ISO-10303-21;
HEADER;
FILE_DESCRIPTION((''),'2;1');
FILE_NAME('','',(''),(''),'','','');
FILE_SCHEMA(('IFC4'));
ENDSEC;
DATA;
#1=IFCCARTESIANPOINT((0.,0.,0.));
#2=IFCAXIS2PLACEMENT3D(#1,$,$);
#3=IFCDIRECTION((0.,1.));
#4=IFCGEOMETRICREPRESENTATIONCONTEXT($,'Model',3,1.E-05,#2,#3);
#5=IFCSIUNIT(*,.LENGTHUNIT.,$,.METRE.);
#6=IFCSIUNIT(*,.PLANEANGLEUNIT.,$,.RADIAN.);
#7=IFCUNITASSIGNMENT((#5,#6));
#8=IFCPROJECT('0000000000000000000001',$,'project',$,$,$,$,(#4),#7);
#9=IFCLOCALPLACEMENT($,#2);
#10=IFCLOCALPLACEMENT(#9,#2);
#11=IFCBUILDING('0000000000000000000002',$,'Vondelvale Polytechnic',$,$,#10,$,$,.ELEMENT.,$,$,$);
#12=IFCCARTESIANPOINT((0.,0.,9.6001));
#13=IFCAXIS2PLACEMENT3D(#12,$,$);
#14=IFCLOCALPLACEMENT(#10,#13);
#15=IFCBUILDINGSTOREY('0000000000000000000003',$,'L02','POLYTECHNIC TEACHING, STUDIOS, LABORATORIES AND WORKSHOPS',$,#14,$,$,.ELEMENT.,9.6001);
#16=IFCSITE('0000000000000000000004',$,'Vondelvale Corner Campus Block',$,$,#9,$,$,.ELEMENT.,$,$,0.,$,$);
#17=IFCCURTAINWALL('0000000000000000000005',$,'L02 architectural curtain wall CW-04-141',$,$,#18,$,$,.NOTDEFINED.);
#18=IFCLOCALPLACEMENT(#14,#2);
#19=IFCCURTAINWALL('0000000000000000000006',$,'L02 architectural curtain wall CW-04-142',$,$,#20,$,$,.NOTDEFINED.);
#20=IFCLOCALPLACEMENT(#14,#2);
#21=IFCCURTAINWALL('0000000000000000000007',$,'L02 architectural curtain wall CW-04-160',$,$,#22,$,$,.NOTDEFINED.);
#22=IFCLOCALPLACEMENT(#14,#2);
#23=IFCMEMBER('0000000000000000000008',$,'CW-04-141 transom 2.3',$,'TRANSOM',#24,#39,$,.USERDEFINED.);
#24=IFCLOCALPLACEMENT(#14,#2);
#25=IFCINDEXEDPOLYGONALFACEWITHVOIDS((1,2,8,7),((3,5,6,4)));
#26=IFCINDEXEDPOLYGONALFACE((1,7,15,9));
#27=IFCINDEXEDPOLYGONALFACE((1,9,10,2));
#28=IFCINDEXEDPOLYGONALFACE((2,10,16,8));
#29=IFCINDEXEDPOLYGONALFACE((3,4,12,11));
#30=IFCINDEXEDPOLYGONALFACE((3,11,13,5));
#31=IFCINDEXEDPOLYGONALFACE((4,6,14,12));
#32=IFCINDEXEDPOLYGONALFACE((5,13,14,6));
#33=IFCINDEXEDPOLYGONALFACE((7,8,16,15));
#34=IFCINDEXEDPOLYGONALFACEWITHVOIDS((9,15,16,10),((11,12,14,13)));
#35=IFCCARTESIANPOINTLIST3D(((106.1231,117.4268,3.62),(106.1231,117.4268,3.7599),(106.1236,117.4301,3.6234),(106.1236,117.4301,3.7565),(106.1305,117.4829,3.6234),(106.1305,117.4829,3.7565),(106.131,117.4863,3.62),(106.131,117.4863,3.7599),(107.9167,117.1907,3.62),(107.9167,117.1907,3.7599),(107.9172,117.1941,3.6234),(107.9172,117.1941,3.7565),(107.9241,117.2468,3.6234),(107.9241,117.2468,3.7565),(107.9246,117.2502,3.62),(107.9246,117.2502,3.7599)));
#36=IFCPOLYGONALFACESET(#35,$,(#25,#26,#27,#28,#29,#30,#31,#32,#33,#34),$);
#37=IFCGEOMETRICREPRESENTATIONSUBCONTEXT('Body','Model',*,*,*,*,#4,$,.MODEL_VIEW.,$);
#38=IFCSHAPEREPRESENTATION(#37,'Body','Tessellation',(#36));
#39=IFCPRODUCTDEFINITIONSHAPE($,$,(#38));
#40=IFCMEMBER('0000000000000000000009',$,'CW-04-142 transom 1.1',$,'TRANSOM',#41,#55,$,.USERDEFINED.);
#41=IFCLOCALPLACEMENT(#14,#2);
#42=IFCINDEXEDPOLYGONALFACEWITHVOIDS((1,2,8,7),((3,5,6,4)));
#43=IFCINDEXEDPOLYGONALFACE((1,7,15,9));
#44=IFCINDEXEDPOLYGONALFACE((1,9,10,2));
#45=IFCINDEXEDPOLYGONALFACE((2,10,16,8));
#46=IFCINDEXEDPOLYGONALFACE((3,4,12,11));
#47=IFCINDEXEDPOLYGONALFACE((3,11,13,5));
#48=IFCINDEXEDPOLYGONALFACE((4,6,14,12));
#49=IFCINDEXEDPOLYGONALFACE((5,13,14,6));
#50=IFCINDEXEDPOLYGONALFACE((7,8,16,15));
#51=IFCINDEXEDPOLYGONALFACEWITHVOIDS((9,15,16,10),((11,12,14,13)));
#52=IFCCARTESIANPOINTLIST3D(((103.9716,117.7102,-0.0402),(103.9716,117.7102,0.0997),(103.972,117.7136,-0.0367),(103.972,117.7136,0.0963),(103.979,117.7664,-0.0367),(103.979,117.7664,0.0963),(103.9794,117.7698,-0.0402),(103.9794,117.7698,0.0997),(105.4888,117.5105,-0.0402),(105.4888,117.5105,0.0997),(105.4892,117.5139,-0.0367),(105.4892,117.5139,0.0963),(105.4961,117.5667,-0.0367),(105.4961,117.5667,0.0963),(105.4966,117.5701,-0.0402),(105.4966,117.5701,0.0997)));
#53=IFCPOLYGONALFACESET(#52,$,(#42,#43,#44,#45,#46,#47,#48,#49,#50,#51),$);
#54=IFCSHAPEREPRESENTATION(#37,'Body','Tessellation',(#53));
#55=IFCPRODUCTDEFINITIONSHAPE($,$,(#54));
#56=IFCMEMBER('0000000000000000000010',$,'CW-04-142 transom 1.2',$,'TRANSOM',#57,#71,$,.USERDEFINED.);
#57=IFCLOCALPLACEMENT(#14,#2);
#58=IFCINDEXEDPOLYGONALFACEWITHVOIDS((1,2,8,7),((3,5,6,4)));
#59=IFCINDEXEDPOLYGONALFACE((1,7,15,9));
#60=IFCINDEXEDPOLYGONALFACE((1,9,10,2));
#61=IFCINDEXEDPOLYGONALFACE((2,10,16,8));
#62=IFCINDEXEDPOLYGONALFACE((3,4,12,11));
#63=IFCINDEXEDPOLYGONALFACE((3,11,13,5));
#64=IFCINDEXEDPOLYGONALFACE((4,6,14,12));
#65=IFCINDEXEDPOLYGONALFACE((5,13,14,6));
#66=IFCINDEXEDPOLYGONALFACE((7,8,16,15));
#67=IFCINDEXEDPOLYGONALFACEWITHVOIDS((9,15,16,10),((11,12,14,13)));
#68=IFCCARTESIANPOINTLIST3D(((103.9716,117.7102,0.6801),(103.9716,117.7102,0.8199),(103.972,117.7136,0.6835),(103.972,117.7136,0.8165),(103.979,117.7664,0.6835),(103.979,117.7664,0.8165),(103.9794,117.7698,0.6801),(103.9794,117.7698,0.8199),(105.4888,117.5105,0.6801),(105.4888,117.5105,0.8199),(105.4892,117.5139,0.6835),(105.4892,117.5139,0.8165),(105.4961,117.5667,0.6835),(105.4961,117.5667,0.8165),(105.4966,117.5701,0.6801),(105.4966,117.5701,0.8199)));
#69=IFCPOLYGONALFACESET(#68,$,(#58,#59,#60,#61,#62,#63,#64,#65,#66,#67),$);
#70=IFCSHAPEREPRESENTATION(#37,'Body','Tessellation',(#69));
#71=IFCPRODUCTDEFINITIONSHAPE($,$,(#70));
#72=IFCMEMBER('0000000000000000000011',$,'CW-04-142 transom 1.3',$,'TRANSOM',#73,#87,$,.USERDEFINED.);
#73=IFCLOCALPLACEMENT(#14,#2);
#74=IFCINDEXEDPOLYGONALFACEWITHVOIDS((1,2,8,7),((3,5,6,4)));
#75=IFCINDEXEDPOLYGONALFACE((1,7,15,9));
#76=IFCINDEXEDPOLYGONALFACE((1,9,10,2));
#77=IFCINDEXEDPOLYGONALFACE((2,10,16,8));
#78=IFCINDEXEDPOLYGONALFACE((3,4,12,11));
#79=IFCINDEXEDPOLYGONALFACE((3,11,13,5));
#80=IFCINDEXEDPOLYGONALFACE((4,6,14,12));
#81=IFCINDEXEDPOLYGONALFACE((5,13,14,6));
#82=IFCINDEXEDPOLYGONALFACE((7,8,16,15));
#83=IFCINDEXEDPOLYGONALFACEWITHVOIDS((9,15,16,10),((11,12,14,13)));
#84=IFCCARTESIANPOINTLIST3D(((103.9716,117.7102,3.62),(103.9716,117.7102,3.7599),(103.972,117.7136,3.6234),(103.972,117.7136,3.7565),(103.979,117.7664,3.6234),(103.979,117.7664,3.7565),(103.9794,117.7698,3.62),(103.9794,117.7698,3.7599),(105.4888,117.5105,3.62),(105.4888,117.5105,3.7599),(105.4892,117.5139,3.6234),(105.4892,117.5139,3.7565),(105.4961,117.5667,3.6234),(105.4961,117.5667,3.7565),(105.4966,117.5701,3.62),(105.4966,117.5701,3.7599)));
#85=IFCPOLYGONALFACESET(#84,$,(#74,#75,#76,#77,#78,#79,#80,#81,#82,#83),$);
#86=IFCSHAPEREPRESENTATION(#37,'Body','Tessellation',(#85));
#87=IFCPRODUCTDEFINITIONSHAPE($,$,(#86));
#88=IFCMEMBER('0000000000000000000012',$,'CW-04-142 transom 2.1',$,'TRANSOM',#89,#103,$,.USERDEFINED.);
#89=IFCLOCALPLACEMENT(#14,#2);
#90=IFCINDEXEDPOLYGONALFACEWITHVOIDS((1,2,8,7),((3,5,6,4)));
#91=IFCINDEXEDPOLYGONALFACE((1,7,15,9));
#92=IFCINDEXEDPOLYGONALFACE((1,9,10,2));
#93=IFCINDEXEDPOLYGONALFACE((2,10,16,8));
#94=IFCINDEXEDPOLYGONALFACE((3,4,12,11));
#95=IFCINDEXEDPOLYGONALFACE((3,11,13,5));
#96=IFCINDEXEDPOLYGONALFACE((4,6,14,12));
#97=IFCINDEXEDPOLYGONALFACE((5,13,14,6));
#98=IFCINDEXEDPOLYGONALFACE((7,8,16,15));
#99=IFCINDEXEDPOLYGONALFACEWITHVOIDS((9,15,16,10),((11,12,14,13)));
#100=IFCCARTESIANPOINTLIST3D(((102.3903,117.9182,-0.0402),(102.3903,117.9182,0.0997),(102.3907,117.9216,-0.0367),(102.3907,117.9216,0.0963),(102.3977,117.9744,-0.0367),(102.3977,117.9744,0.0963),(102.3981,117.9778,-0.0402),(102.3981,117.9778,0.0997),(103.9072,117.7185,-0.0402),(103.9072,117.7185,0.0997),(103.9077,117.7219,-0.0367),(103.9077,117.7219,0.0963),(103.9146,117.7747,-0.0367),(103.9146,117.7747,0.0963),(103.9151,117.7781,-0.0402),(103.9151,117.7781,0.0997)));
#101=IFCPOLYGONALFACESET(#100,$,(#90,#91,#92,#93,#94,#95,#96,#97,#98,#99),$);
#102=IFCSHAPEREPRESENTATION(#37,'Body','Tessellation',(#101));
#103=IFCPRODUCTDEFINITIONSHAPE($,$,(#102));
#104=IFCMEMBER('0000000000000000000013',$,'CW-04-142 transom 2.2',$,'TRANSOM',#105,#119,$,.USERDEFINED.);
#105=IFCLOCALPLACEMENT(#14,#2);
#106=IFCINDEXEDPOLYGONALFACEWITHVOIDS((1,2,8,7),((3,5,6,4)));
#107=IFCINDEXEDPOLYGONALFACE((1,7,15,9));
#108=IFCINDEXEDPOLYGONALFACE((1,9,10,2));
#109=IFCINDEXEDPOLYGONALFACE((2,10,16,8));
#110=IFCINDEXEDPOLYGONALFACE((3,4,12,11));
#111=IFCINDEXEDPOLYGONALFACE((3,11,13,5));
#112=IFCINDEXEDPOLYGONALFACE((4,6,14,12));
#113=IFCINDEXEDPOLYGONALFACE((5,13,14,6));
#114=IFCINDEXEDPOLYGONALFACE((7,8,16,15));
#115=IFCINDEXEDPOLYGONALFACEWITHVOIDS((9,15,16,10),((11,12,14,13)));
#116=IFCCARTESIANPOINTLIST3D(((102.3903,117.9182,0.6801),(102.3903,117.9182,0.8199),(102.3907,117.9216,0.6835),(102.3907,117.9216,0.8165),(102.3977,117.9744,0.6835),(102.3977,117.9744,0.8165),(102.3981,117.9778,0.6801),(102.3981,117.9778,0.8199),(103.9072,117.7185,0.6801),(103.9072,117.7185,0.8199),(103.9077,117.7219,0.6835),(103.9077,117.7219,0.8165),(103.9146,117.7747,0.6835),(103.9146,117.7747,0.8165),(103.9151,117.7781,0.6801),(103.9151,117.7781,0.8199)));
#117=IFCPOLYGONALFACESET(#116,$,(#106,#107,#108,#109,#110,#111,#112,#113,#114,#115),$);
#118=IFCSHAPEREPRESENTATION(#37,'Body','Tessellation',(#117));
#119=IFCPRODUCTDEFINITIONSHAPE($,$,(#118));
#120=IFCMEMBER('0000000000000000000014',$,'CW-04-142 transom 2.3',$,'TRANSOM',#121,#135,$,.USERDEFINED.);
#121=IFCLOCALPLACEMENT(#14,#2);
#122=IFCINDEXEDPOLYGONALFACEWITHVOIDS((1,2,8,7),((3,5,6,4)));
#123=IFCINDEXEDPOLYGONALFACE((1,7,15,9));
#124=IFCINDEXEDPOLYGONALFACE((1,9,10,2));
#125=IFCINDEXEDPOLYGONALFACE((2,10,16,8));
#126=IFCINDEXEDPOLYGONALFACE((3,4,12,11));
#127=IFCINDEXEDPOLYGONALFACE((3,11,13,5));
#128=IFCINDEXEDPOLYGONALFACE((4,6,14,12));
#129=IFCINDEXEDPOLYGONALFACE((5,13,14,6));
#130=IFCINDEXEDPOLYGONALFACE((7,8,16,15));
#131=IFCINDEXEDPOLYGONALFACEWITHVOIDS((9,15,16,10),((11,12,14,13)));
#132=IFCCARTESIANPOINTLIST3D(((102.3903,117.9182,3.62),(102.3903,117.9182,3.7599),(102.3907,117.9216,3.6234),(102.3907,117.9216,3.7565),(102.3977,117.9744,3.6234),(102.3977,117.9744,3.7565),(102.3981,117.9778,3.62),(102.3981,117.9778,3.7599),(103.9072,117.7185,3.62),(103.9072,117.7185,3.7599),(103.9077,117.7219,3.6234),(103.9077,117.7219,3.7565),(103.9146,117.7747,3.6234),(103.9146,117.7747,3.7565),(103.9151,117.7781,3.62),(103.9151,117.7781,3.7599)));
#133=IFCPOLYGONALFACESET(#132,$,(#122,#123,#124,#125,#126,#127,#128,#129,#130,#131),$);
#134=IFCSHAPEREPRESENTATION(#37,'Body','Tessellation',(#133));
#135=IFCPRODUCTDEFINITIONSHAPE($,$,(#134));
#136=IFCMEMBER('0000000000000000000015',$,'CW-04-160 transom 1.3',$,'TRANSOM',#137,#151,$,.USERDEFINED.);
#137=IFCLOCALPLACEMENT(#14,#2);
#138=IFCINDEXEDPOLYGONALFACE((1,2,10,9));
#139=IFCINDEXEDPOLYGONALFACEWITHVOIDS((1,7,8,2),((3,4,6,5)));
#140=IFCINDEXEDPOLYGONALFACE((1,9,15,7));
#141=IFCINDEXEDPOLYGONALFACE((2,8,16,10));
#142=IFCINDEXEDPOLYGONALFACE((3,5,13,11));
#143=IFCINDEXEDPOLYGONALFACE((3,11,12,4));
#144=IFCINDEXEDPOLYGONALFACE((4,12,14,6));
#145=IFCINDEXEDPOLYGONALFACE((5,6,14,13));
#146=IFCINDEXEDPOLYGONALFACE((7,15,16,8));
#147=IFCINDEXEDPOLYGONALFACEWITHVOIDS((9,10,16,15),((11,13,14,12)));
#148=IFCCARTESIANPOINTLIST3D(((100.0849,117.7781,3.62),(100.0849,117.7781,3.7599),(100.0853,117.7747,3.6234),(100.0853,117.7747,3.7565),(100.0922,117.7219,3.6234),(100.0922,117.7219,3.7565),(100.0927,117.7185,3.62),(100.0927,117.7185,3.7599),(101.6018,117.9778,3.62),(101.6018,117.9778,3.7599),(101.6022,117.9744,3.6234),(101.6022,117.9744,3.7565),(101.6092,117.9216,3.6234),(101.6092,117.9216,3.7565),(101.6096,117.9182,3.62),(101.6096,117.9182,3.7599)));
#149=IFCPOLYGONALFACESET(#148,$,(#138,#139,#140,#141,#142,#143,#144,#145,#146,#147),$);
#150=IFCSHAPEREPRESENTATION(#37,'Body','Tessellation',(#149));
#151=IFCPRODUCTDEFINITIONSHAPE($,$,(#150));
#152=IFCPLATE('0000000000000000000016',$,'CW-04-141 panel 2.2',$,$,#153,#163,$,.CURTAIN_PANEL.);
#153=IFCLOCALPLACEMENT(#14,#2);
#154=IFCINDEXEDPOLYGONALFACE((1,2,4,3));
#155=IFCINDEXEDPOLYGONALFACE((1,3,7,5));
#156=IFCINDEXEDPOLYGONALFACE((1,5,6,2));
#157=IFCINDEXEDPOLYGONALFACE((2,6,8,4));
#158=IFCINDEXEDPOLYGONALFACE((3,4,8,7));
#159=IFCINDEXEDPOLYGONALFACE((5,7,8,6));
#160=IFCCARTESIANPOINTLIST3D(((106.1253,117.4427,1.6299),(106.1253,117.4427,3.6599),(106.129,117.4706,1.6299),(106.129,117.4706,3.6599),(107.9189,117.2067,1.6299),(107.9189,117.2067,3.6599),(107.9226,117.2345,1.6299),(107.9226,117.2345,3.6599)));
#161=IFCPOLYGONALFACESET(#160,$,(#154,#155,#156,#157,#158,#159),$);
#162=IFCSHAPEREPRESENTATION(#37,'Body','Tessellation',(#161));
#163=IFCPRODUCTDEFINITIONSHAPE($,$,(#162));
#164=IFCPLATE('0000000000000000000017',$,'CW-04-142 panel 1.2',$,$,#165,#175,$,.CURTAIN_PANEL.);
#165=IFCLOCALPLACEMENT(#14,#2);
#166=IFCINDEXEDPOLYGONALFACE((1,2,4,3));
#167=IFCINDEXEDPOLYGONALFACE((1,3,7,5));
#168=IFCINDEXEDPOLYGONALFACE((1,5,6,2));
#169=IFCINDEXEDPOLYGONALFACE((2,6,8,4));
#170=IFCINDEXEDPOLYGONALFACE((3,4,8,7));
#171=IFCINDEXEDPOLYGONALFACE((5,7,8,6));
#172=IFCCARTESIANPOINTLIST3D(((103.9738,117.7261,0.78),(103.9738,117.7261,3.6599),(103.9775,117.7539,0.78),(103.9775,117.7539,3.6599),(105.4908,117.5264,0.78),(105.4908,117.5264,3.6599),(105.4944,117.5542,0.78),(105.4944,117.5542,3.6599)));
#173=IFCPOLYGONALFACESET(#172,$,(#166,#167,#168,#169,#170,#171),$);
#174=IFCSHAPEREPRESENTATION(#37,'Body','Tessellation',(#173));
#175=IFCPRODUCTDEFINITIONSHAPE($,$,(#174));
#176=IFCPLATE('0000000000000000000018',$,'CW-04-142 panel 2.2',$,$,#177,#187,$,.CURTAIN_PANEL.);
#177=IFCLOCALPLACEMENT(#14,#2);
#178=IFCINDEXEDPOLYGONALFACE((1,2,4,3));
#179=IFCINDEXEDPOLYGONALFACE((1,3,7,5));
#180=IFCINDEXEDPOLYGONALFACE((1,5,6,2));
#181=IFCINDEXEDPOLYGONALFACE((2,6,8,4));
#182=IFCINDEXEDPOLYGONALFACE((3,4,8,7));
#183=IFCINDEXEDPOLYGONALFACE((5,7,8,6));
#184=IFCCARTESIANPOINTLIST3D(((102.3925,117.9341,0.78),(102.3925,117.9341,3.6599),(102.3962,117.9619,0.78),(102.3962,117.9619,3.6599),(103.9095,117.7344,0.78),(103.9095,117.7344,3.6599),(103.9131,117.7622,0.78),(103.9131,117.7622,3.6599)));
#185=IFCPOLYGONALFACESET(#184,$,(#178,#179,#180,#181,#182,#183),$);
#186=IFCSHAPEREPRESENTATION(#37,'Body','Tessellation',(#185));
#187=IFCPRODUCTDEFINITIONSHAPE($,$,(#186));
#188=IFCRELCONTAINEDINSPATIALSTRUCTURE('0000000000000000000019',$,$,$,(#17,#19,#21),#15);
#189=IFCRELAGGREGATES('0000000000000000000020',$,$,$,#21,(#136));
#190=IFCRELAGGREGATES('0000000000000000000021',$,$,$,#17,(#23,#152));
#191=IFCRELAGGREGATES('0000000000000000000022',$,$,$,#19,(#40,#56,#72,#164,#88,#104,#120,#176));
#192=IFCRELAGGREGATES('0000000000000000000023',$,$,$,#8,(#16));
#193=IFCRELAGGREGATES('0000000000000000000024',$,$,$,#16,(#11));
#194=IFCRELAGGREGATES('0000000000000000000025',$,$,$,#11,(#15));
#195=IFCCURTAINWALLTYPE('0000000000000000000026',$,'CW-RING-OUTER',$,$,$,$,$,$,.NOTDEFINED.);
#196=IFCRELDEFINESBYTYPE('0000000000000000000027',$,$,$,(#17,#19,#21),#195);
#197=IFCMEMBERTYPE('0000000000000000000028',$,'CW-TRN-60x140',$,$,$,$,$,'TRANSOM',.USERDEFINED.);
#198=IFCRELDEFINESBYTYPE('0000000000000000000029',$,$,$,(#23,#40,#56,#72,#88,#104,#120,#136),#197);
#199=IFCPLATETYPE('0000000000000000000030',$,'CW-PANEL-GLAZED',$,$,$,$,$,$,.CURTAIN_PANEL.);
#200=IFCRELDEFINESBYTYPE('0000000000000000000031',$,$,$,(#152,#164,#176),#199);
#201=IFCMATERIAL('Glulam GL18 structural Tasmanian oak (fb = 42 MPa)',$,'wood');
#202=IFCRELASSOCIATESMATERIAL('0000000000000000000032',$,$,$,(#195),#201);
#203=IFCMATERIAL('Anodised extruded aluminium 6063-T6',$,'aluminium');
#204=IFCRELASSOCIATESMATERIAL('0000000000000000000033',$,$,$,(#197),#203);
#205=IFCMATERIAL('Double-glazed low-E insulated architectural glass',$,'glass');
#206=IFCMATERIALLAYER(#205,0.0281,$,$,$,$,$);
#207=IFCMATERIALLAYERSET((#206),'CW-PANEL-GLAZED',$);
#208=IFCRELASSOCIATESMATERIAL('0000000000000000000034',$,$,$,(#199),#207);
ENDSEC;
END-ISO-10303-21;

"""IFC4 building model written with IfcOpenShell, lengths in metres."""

from ifc_helpers import new_model, si_unit, direction, frame, origin, origin_2d, place, context, subcontext, project, spatial, rectangle, hollow_rectangle, extrude, material, layer, layer_set, material_profile, profile_set, type_object, element, aggregate, save


model = new_model("IFC4")

# Units and contexts
model_context = context("Model", 3, precision=1e-05, world=origin(), true_north=direction((0.0, 1.0)))
body_context = subcontext(model_context, "Body", "Model", "MODEL_VIEW")
ifc_project = project(units=[si_unit("LENGTHUNIT", "METRE"), si_unit("PLANEANGLEUNIT", "RADIAN")], contexts=[model_context])

# Site, building, storey
site_placement = place(None, origin())
site = spatial("IfcSite", under=ifc_project, at=site_placement, Name="Vondelvale Corner Campus Block", CompositionType="ELEMENT", RefElevation=0.0)
building_placement = place(site_placement, origin())
building = spatial("IfcBuilding", under=site, at=building_placement, Name="Vondelvale Polytechnic", CompositionType="ELEMENT")
storey_placement = place(building_placement, frame((0.0, 0.0, 9.6001)))
storey = spatial("IfcBuildingStorey", under=building, at=storey_placement, Name="L02", Description="POLYTECHNIC TEACHING, STUDIOS, LABORATORIES AND WORKSHOPS", CompositionType="ELEMENT", Elevation=9.6001)

# Shared definitions
ifc_material_1 = material(Name="Glulam GL18 structural Tasmanian oak (fb = 42 MPa)", Category="wood")

# Curtain wall
curtain_wall_type = type_object("IfcCurtainWallType", Name="CW-RING-OUTER", PredefinedType="NOTDEFINED", material=ifc_material_1)
curtain_wall_1_placement = place(storey_placement, origin())
curtain_wall_1 = element("IfcCurtainWall", 1, at=curtain_wall_1_placement, inside=storey, type_object=curtain_wall_type, Name="L02 architectural curtain wall CW-04-141", PredefinedType="NOTDEFINED")
ifc_material_2 = material(Name="Anodised extruded aluminium 6063-T6", Category="aluminium")

# Curtain wall
curtain_wall_2_placement = place(storey_placement, origin())
curtain_wall_2 = element("IfcCurtainWall", 2, at=curtain_wall_2_placement, inside=storey, type_object=curtain_wall_type, Name="L02 architectural curtain wall CW-04-142", PredefinedType="NOTDEFINED")

# Curtain wall
curtain_wall_3_placement = place(storey_placement, origin())
curtain_wall_3 = element("IfcCurtainWall", 3, at=curtain_wall_3_placement, inside=storey, type_object=curtain_wall_type, Name="L02 architectural curtain wall CW-04-160", PredefinedType="NOTDEFINED")

# Members
ifc_material_profile_1 = material_profile(ifc_material_2, hollow_rectangle(XDim=0.0601, YDim=0.1399, WallThickness=0.0034, at=origin_2d()), Name="CW-TRN-140x60")
ifc_profile_set_1 = profile_set([ifc_material_profile_1], Name="Anodised extruded aluminium 6063-T6")
member_type_1 = type_object("IfcMemberType", Name="CW-TRN-60x140", ElementType="TRANSOM", PredefinedType="USERDEFINED", material=ifc_profile_set_1)
member_1_placement = place(storey_placement, frame((107.9207, 117.2205, 3.6899), z_axis=(-0.991449, 0.130493, 0.0), x_axis=(-0.130493, -0.991449, 0.0)))
member_1 = element("IfcMember", 4, at=member_1_placement, type_object=member_type_1, Name="CW-04-141 transom 2.3", ObjectType="TRANSOM", PredefinedType="USERDEFINED", context=body_context, shape_type="SweptSolid", body=[
    extrude(hollow_rectangle(XDim=0.0601, YDim=0.1399, WallThickness=0.0034, at=origin_2d()), origin(), (0.0, 0.0, 1.0), 1.8091),
])
member_2_placement = place(storey_placement, frame((105.4927, 117.5403, 0.0298), z_axis=(-0.991447, 0.130512, 0.0), x_axis=(-0.130512, -0.991447, 0.0)))
member_2 = element("IfcMember", 5, at=member_2_placement, type_object=member_type_1, Name="CW-04-142 transom 1.1", ObjectType="TRANSOM", PredefinedType="USERDEFINED", context=body_context, shape_type="SweptSolid", body=[
    extrude(hollow_rectangle(XDim=0.0601, YDim=0.1399, WallThickness=0.0034, at=origin_2d()), origin(), (0.0, 0.0, 1.0), 1.5303),
])
member_3_placement = place(storey_placement, frame((105.4927, 117.5403, 0.75), z_axis=(-0.991447, 0.130512, 0.0), x_axis=(-0.130512, -0.991447, 0.0)))
member_3 = element("IfcMember", 6, at=member_3_placement, type_object=member_type_1, Name="CW-04-142 transom 1.2", ObjectType="TRANSOM", PredefinedType="USERDEFINED", context=body_context, shape_type="SweptSolid", body=[
    extrude(hollow_rectangle(XDim=0.0601, YDim=0.1399, WallThickness=0.0034, at=origin_2d()), origin(), (0.0, 0.0, 1.0), 1.5303),
])
member_4_placement = place(storey_placement, frame((105.4927, 117.5403, 3.6899), z_axis=(-0.991447, 0.130512, 0.0), x_axis=(-0.130512, -0.991447, 0.0)))
member_4 = element("IfcMember", 7, at=member_4_placement, type_object=member_type_1, Name="CW-04-142 transom 1.3", ObjectType="TRANSOM", PredefinedType="USERDEFINED", context=body_context, shape_type="SweptSolid", body=[
    extrude(hollow_rectangle(XDim=0.0601, YDim=0.1399, WallThickness=0.0034, at=origin_2d()), origin(), (0.0, 0.0, 1.0), 1.5303),
])
member_5_placement = place(storey_placement, frame((103.9111, 117.7483, 0.0298), z_axis=(-0.991444, 0.130533, 0.0), x_axis=(-0.130533, -0.991444, 0.0)))
member_5 = element("IfcMember", 8, at=member_5_placement, type_object=member_type_1, Name="CW-04-142 transom 2.1", ObjectType="TRANSOM", PredefinedType="USERDEFINED", context=body_context, shape_type="SweptSolid", body=[
    extrude(hollow_rectangle(XDim=0.0601, YDim=0.1399, WallThickness=0.0034, at=origin_2d()), origin(), (0.0, 0.0, 1.0), 1.53),
])
member_6_placement = place(storey_placement, frame((103.9111, 117.7483, 0.75), z_axis=(-0.991444, 0.130533, 0.0), x_axis=(-0.130533, -0.991444, 0.0)))
member_6 = element("IfcMember", 9, at=member_6_placement, type_object=member_type_1, Name="CW-04-142 transom 2.2", ObjectType="TRANSOM", PredefinedType="USERDEFINED", context=body_context, shape_type="SweptSolid", body=[
    extrude(hollow_rectangle(XDim=0.0601, YDim=0.1399, WallThickness=0.0034, at=origin_2d()), origin(), (0.0, 0.0, 1.0), 1.53),
])
member_7_placement = place(storey_placement, frame((103.9111, 117.7483, 3.6899), z_axis=(-0.991444, 0.130533, 0.0), x_axis=(-0.130533, -0.991444, 0.0)))
member_7 = element("IfcMember", 10, at=member_7_placement, type_object=member_type_1, Name="CW-04-142 transom 2.3", ObjectType="TRANSOM", PredefinedType="USERDEFINED", context=body_context, shape_type="SweptSolid", body=[
    extrude(hollow_rectangle(XDim=0.0601, YDim=0.1399, WallThickness=0.0034, at=origin_2d()), origin(), (0.0, 0.0, 1.0), 1.53),
])
member_8_placement = place(storey_placement, frame((101.6057, 117.948, 3.6899), z_axis=(-0.991444, -0.130533, 0.0), x_axis=(0.130533, -0.991444, 0.0)))
member_8 = element("IfcMember", 11, at=member_8_placement, type_object=member_type_1, Name="CW-04-160 transom 1.3", ObjectType="TRANSOM", PredefinedType="USERDEFINED", context=body_context, shape_type="SweptSolid", body=[
    extrude(hollow_rectangle(XDim=0.0601, YDim=0.1399, WallThickness=0.0034, at=origin_2d()), origin(), (0.0, 0.0, 1.0), 1.53),
])
aggregate(curtain_wall_3, [member_8])

# Plates
ifc_material_3 = material(Name="Double-glazed low-E insulated architectural glass", Category="glass")
ifc_layer_1 = layer(ifc_material_3, 0.0281)
ifc_layer_set_1 = layer_set([ifc_layer_1], Name="CW-PANEL-GLAZED")
plate_type_1 = type_object("IfcPlateType", Name="CW-PANEL-GLAZED", PredefinedType="CURTAIN_PANEL", material=ifc_layer_set_1)
plate_1_placement = place(storey_placement, frame((107.0239, 117.3386, 1.6299), z_axis=(0.0, 0.0, 1.0), x_axis=(-0.991449, 0.130497, 0.0)))
plate_1 = element("IfcPlate", 12, at=plate_1_placement, type_object=plate_type_1, Name="CW-04-141 panel 2.2", PredefinedType="CURTAIN_PANEL", context=body_context, shape_type="SweptSolid", body=[
    extrude(rectangle(XDim=1.8091, YDim=0.0281, at=origin_2d()), origin(), (0.0, 0.0, 1.0), 2.03),
])
plate_2_placement = place(storey_placement, frame((104.7341, 117.6401, 0.78), z_axis=(0.0, 0.0, 1.0), x_axis=(-0.991443, 0.13054, 0.0)))
plate_2 = element("IfcPlate", 13, at=plate_2_placement, type_object=plate_type_1, Name="CW-04-142 panel 1.2", PredefinedType="CURTAIN_PANEL", context=body_context, shape_type="SweptSolid", body=[
    extrude(rectangle(XDim=1.53, YDim=0.0281, at=origin_2d()), origin(), (0.0, 0.0, 1.0), 2.8799),
])
plate_3_placement = place(storey_placement, frame((103.1528, 117.8481, 0.78), z_axis=(0.0, 0.0, 1.0), x_axis=(-0.991443, 0.13054, 0.0)))
plate_3 = element("IfcPlate", 14, at=plate_3_placement, type_object=plate_type_1, Name="CW-04-142 panel 2.2", PredefinedType="CURTAIN_PANEL", context=body_context, shape_type="SweptSolid", body=[
    extrude(rectangle(XDim=1.53, YDim=0.0281, at=origin_2d()), origin(), (0.0, 0.0, 1.0), 2.8799),
])
aggregate(curtain_wall_1, [member_1, plate_1])
aggregate(curtain_wall_2, [member_2, member_3, member_4, plate_2, member_5, member_6, member_7, plate_3])

save(model, "model.ifc")
